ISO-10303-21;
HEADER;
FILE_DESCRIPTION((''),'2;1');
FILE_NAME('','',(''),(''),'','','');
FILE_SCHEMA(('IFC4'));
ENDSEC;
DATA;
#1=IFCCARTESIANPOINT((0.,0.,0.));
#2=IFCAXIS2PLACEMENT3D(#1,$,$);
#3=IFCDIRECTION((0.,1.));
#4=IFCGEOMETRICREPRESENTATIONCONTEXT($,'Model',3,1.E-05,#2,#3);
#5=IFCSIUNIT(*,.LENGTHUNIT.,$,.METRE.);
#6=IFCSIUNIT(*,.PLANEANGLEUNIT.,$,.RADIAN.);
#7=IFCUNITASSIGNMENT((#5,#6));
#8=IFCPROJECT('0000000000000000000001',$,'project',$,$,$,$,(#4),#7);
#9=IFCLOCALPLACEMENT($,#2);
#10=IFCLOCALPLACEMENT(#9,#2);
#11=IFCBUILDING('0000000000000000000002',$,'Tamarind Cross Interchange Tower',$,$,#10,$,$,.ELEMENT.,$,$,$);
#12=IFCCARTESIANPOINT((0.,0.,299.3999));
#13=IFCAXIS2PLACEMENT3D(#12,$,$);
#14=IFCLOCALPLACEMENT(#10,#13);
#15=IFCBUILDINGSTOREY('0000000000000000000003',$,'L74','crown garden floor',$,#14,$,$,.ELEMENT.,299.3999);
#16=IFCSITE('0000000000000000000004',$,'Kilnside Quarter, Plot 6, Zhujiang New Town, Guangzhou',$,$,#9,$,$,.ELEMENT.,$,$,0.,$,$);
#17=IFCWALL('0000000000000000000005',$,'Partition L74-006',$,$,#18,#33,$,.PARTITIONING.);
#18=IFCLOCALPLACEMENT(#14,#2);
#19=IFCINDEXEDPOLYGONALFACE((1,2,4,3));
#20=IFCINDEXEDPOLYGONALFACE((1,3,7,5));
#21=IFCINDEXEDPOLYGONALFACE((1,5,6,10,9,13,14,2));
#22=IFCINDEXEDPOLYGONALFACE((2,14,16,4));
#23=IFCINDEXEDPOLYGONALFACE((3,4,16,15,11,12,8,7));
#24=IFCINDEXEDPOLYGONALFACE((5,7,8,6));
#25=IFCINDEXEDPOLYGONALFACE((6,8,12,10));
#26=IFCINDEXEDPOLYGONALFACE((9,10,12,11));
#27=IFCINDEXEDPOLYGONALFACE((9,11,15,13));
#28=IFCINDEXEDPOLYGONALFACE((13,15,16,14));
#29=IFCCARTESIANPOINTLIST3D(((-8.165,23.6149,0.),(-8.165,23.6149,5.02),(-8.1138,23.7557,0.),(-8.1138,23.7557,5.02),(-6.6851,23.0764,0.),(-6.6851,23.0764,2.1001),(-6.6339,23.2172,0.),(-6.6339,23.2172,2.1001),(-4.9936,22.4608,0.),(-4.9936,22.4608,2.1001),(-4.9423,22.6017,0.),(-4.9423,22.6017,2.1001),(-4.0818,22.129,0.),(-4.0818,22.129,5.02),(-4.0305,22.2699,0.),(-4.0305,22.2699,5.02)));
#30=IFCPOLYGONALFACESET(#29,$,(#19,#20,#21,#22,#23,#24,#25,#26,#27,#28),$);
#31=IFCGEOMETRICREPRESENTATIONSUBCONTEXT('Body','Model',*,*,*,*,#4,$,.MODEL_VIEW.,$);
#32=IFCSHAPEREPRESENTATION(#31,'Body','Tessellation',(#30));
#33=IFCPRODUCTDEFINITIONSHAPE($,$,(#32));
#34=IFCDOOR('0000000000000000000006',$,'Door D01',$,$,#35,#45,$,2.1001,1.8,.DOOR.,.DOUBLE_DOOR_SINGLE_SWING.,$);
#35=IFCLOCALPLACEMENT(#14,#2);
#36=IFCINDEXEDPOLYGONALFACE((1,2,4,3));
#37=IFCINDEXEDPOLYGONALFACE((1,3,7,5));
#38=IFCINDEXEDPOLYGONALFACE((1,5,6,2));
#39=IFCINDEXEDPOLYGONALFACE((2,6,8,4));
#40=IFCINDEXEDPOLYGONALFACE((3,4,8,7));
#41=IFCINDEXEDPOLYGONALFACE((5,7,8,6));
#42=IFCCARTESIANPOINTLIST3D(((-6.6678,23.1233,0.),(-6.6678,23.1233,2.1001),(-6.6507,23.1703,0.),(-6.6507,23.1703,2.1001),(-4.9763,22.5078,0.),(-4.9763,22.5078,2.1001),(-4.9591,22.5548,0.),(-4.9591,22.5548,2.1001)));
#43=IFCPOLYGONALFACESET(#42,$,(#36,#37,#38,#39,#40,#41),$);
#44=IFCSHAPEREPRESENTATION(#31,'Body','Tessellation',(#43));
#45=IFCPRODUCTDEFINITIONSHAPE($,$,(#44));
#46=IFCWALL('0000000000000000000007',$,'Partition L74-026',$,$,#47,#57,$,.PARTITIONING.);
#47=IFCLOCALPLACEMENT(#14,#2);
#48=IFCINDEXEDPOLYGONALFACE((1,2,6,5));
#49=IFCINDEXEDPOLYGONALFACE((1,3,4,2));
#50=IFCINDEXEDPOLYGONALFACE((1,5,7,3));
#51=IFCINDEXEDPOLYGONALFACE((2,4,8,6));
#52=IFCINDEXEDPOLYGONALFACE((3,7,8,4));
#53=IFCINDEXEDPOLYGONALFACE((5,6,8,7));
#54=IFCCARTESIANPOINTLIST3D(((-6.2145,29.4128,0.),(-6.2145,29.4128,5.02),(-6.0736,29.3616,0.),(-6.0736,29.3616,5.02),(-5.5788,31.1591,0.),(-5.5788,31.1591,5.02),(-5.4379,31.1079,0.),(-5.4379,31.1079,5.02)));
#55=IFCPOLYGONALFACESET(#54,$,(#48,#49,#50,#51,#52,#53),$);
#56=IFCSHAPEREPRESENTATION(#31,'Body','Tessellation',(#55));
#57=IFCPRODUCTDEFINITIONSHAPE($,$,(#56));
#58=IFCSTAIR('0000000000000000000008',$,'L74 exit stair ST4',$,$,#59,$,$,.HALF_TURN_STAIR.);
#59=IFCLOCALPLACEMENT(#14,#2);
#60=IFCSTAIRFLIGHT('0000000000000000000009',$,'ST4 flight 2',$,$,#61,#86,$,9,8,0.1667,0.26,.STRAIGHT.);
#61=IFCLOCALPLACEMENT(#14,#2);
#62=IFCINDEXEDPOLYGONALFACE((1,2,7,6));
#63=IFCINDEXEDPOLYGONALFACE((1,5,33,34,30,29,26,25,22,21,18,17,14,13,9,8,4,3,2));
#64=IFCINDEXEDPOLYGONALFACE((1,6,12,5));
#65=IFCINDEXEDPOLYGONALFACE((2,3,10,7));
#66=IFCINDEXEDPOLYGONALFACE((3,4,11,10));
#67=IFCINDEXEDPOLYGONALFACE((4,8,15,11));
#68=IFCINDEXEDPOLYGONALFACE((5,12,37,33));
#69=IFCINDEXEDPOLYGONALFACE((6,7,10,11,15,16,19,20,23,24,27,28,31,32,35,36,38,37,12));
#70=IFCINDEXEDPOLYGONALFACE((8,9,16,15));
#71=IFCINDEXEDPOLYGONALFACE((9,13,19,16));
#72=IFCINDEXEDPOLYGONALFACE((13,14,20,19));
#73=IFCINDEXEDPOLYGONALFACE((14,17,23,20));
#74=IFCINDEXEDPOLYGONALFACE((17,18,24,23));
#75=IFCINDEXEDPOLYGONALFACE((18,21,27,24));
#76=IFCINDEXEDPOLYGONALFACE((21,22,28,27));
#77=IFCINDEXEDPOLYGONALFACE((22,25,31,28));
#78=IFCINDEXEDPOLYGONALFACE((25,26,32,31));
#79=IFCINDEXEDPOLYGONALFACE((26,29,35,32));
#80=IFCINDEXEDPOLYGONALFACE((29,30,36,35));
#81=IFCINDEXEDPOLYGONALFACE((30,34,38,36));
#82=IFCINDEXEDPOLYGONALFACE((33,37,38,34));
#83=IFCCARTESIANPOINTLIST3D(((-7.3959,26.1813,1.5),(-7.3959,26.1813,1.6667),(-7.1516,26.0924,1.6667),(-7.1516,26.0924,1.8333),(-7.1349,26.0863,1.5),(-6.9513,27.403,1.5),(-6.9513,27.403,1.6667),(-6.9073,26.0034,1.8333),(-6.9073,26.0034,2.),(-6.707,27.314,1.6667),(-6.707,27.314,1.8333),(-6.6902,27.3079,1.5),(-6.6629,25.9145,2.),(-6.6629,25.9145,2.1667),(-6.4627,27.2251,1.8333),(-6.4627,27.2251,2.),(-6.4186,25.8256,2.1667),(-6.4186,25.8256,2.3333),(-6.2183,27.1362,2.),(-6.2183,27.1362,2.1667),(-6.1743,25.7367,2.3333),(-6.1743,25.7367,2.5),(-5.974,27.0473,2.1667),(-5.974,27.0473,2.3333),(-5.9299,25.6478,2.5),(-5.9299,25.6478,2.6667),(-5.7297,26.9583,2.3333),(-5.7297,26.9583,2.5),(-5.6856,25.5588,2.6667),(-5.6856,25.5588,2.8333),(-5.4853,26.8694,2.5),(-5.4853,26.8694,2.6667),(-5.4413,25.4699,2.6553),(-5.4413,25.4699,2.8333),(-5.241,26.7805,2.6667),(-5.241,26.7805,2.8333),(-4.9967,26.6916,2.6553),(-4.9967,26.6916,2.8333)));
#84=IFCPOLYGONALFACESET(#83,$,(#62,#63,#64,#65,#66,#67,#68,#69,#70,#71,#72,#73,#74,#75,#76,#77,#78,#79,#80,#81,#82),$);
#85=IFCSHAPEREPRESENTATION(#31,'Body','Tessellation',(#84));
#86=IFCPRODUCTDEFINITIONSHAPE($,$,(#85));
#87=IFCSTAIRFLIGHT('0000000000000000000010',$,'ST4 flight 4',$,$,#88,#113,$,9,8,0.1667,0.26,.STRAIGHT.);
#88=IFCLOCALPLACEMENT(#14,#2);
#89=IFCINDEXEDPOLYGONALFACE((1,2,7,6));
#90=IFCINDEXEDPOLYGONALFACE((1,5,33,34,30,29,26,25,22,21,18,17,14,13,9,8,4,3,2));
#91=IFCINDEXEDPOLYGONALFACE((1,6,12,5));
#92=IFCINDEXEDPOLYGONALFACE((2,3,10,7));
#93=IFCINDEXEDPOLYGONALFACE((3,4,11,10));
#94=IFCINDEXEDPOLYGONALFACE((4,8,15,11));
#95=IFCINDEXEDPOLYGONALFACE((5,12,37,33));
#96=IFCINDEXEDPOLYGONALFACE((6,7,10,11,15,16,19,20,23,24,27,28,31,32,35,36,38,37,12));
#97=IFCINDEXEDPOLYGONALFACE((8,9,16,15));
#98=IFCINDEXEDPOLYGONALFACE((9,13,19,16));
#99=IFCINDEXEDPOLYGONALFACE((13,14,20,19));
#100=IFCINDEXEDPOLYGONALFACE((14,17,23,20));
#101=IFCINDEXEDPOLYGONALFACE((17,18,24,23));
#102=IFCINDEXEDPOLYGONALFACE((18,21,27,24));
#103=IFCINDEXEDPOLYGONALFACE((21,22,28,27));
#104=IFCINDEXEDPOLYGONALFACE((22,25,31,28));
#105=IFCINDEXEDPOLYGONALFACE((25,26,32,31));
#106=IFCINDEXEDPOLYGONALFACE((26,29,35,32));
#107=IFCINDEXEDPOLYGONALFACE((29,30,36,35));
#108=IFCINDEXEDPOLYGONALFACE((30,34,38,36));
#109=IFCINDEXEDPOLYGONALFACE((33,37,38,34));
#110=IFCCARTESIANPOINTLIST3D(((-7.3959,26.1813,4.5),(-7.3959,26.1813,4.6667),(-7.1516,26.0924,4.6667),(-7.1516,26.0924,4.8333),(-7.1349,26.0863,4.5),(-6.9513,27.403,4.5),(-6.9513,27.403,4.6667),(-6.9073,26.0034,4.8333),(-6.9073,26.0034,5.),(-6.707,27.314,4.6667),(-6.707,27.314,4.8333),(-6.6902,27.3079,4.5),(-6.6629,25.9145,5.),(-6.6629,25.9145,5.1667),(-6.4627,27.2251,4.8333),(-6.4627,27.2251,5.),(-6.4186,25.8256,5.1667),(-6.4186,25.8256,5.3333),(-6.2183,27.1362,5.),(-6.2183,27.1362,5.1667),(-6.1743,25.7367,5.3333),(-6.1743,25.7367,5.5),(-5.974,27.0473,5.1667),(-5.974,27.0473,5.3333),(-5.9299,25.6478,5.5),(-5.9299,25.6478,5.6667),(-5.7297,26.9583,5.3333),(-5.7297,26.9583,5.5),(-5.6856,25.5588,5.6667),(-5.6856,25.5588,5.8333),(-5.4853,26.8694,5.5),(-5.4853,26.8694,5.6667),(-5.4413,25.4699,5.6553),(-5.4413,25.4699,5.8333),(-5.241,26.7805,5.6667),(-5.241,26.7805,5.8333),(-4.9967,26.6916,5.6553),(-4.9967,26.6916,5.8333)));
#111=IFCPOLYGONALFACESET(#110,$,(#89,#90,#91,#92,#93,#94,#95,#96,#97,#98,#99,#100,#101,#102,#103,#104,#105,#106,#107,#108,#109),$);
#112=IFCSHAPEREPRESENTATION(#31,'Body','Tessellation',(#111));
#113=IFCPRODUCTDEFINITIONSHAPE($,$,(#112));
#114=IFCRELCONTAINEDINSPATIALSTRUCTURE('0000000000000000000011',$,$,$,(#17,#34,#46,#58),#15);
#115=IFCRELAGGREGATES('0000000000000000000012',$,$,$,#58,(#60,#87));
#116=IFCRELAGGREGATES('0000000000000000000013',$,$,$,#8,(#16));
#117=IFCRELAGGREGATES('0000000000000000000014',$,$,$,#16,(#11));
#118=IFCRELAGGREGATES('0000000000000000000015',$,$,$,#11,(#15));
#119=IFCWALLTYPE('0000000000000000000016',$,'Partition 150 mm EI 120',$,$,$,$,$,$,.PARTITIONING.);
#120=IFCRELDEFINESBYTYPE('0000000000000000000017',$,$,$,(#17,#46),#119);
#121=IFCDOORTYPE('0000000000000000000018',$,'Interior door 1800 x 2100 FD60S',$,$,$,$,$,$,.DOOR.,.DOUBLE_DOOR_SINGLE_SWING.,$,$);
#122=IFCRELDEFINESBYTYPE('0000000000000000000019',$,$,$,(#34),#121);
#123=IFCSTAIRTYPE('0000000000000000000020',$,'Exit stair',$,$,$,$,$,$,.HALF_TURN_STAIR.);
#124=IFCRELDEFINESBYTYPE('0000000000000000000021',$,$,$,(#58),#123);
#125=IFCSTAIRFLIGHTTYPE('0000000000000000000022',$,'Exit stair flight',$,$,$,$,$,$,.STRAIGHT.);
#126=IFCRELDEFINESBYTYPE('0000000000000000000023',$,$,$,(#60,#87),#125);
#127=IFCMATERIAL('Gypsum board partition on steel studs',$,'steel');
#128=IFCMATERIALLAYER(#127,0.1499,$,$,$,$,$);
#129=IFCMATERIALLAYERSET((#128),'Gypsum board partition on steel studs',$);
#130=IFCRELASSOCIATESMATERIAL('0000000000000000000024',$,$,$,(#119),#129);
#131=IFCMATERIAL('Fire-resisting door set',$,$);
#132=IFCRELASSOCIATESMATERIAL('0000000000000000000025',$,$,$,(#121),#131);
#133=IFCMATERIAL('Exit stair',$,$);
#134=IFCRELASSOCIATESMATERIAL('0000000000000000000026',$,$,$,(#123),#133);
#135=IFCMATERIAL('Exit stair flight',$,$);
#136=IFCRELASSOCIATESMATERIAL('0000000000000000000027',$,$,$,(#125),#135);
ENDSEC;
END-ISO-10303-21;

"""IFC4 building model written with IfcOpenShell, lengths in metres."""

from ifc_helpers import new_model, si_unit, direction, frame, frame_2d, origin, place, context, subcontext, project, spatial, polyline, rectangle, outline, extrude, material, layer, layer_set, type_object, element, fill, aggregate, save


model = new_model("IFC4")

# Units and contexts
model_context = context("Model", 3, precision=1e-05, world=origin(), true_north=direction((0.0, 1.0)))
body_context = subcontext(model_context, "Body", "Model", "MODEL_VIEW")
ifc_project = project(units=[si_unit("LENGTHUNIT", "METRE"), si_unit("PLANEANGLEUNIT", "RADIAN")], contexts=[model_context])

# Site, building, storey
site_placement = place(None, origin())
site = spatial("IfcSite", under=ifc_project, at=site_placement, Name="Kilnside Quarter, Plot 6, Zhujiang New Town, Guangzhou", CompositionType="ELEMENT", RefElevation=0.0)
building_placement = place(site_placement, origin())
building = spatial("IfcBuilding", under=site, at=building_placement, Name="Tamarind Cross Interchange Tower", CompositionType="ELEMENT")
storey_placement = place(building_placement, frame((0.0, 0.0, 299.3999)))
storey = spatial("IfcBuildingStorey", under=building, at=storey_placement, Name="L74", Description="crown garden floor", CompositionType="ELEMENT", Elevation=299.3999)

# Wall, opening, door
ifc_material_1 = material(Name="Gypsum board partition on steel studs", Category="steel")
ifc_layer_1 = layer(ifc_material_1, 0.1499)
ifc_layer_set_1 = layer_set([ifc_layer_1], Name="Gypsum board partition on steel studs")
wall_type = type_object("IfcWallType", Name="Partition 150 mm EI 120", PredefinedType="PARTITIONING", material=ifc_layer_set_1)
wall_1_placement = place(storey_placement, frame((-8.1394, 23.6853, 0.0), z_axis=(0.0, 0.0, 1.0), x_axis=(0.939718, -0.341951, 0.0)))
wall_1 = element("IfcWall", 1, at=wall_1_placement, inside=storey, type_object=wall_type, Name="Partition L74-006", PredefinedType="PARTITIONING", context=body_context, shape_type="SweptSolid", body=[
    extrude(rectangle(XDim=4.3452, YDim=0.1499, at=frame_2d((2.1726, 0.0))), origin(), (0.0, 0.0, 1.0), 5.02),
])
opening_placement = place(wall_1_placement, frame((1.575, 0.0, 0.0)))
opening = element("IfcOpeningElement", 2, at=opening_placement, cuts=wall_1, PredefinedType="OPENING", context=body_context, shape_type="SweptSolid", body=[
    extrude(rectangle(XDim=1.8, YDim=2.1001, at=frame_2d((0.8999, 1.05))), frame((0.0, 0.085, 0.0), z_axis=(0.0, -1.0, 0.0), x_axis=(1.0, 0.0, 0.0)), (0.0, 0.0, 1.0), 0.1699),
])
ifc_material_2 = material(Name="Fire-resisting door set")
door_type = type_object("IfcDoorType", Name="Interior door 1800 x 2100 FD60S", OperationType="DOUBLE_DOOR_SINGLE_SWING", PredefinedType="DOOR", material=ifc_material_2)
door_placement = place(opening_placement, frame((1.8, 0.0, 0.0), z_axis=(0.0, 0.0, 1.0), x_axis=(-1.0, 0.0, 0.0)))
door = element("IfcDoor", 3, at=door_placement, inside=storey, type_object=door_type, Name="Door D01", OperationType="DOUBLE_DOOR_SINGLE_SWING", OverallHeight=2.1001, OverallWidth=1.8, PredefinedType="DOOR", context=body_context, shape_type="SweptSolid", body=[
    extrude(rectangle(XDim=1.8, YDim=2.1001, at=frame_2d((0.8999, 1.05))), frame((0.0, 0.0249, 0.0), z_axis=(0.0, -1.0, 0.0), x_axis=(1.0, 0.0, 0.0)), (0.0, 0.0, 1.0), 0.05),
])
fill(opening, door)

# Wall
wall_2_placement = place(storey_placement, frame((-6.144, 29.3872, 0.0), z_axis=(0.0, 0.0, 1.0), x_axis=(0.342081, 0.939671, 0.0)))
element("IfcWall", 4, at=wall_2_placement, inside=storey, type_object=wall_type, Name="Partition L74-026", PredefinedType="PARTITIONING", context=body_context, shape_type="SweptSolid", body=[
    extrude(rectangle(XDim=1.8584, YDim=0.1499, at=frame_2d((0.9292, 0.0))), origin(), (0.0, 0.0, 1.0), 5.02),
])

# Stair, stair flights
ifc_material_3 = material(Name="Exit stair")
stair_type = type_object("IfcStairType", Name="Exit stair", PredefinedType="HALF_TURN_STAIR", material=ifc_material_3)
stair_placement = place(storey_placement, origin())
stair = element("IfcStair", 5, at=stair_placement, inside=storey, type_object=stair_type, Name="L74 exit stair ST4", PredefinedType="HALF_TURN_STAIR")
ifc_material_4 = material(Name="Exit stair flight")
stair_flight_type = type_object("IfcStairFlightType", Name="Exit stair flight", PredefinedType="STRAIGHT", material=ifc_material_4)
stair_flight_1_placement = place(storey_placement, frame((-7.1736, 26.7922, 1.5), z_axis=(0.0, 0.0, 1.0), x_axis=(0.939702, -0.341994, 0.0)))
stair_flight_1 = element("IfcStairFlight", 6, at=stair_flight_1_placement, type_object=stair_flight_type, Name="ST4 flight 2", NumberOfRisers=9, NumberOfTreads=8, PredefinedType="STRAIGHT", RiserHeight=0.1667, TreadLength=0.26, context=body_context, shape_type="SweptSolid", body=[
    extrude(outline(polyline([(0.0, 0.0), (0.0, 0.1667), (0.26, 0.1667), (0.26, 0.3333), (0.52, 0.3333), (0.52, 0.5), (0.78, 0.5), (0.78, 0.6667), (1.04, 0.6667), (1.04, 0.8333), (1.3, 0.8333), (1.3, 1.0), (1.5601, 1.0), (1.5601, 1.1667), (1.8201, 1.1667), (1.8201, 1.3333), (2.0801, 1.3333), (2.0801, 1.5), (2.0801, 1.1553), (0.2778, 0.0), (0.0, 0.0)])), frame((0.0, 0.6499, 0.0), z_axis=(0.0, -1.0, 0.0), x_axis=(1.0, 0.0, 0.0)), (0.0, 0.0, 1.0), 1.3),
])
stair_flight_2_placement = place(storey_placement, frame((-7.1736, 26.7922, 4.5), z_axis=(0.0, 0.0, 1.0), x_axis=(0.939702, -0.341994, 0.0)))
stair_flight_2 = element("IfcStairFlight", 7, at=stair_flight_2_placement, type_object=stair_flight_type, Name="ST4 flight 4", NumberOfRisers=9, NumberOfTreads=8, PredefinedType="STRAIGHT", RiserHeight=0.1667, TreadLength=0.26, context=body_context, shape_type="SweptSolid", body=[
    extrude(outline(polyline([(0.0, 0.0), (0.0, 0.1667), (0.26, 0.1667), (0.26, 0.3333), (0.52, 0.3333), (0.52, 0.5), (0.78, 0.5), (0.78, 0.6667), (1.04, 0.6667), (1.04, 0.8333), (1.3, 0.8333), (1.3, 1.0), (1.5601, 1.0), (1.5601, 1.1667), (1.8201, 1.1667), (1.8201, 1.3333), (2.0801, 1.3333), (2.0801, 1.5), (2.0801, 1.1553), (0.2778, 0.0), (0.0, 0.0)])), frame((0.0, 0.6499, 0.0), z_axis=(0.0, -1.0, 0.0), x_axis=(1.0, 0.0, 0.0)), (0.0, 0.0, 1.0), 1.3),
])
aggregate(stair, [stair_flight_1, stair_flight_2])

save(model, "model.ifc")
